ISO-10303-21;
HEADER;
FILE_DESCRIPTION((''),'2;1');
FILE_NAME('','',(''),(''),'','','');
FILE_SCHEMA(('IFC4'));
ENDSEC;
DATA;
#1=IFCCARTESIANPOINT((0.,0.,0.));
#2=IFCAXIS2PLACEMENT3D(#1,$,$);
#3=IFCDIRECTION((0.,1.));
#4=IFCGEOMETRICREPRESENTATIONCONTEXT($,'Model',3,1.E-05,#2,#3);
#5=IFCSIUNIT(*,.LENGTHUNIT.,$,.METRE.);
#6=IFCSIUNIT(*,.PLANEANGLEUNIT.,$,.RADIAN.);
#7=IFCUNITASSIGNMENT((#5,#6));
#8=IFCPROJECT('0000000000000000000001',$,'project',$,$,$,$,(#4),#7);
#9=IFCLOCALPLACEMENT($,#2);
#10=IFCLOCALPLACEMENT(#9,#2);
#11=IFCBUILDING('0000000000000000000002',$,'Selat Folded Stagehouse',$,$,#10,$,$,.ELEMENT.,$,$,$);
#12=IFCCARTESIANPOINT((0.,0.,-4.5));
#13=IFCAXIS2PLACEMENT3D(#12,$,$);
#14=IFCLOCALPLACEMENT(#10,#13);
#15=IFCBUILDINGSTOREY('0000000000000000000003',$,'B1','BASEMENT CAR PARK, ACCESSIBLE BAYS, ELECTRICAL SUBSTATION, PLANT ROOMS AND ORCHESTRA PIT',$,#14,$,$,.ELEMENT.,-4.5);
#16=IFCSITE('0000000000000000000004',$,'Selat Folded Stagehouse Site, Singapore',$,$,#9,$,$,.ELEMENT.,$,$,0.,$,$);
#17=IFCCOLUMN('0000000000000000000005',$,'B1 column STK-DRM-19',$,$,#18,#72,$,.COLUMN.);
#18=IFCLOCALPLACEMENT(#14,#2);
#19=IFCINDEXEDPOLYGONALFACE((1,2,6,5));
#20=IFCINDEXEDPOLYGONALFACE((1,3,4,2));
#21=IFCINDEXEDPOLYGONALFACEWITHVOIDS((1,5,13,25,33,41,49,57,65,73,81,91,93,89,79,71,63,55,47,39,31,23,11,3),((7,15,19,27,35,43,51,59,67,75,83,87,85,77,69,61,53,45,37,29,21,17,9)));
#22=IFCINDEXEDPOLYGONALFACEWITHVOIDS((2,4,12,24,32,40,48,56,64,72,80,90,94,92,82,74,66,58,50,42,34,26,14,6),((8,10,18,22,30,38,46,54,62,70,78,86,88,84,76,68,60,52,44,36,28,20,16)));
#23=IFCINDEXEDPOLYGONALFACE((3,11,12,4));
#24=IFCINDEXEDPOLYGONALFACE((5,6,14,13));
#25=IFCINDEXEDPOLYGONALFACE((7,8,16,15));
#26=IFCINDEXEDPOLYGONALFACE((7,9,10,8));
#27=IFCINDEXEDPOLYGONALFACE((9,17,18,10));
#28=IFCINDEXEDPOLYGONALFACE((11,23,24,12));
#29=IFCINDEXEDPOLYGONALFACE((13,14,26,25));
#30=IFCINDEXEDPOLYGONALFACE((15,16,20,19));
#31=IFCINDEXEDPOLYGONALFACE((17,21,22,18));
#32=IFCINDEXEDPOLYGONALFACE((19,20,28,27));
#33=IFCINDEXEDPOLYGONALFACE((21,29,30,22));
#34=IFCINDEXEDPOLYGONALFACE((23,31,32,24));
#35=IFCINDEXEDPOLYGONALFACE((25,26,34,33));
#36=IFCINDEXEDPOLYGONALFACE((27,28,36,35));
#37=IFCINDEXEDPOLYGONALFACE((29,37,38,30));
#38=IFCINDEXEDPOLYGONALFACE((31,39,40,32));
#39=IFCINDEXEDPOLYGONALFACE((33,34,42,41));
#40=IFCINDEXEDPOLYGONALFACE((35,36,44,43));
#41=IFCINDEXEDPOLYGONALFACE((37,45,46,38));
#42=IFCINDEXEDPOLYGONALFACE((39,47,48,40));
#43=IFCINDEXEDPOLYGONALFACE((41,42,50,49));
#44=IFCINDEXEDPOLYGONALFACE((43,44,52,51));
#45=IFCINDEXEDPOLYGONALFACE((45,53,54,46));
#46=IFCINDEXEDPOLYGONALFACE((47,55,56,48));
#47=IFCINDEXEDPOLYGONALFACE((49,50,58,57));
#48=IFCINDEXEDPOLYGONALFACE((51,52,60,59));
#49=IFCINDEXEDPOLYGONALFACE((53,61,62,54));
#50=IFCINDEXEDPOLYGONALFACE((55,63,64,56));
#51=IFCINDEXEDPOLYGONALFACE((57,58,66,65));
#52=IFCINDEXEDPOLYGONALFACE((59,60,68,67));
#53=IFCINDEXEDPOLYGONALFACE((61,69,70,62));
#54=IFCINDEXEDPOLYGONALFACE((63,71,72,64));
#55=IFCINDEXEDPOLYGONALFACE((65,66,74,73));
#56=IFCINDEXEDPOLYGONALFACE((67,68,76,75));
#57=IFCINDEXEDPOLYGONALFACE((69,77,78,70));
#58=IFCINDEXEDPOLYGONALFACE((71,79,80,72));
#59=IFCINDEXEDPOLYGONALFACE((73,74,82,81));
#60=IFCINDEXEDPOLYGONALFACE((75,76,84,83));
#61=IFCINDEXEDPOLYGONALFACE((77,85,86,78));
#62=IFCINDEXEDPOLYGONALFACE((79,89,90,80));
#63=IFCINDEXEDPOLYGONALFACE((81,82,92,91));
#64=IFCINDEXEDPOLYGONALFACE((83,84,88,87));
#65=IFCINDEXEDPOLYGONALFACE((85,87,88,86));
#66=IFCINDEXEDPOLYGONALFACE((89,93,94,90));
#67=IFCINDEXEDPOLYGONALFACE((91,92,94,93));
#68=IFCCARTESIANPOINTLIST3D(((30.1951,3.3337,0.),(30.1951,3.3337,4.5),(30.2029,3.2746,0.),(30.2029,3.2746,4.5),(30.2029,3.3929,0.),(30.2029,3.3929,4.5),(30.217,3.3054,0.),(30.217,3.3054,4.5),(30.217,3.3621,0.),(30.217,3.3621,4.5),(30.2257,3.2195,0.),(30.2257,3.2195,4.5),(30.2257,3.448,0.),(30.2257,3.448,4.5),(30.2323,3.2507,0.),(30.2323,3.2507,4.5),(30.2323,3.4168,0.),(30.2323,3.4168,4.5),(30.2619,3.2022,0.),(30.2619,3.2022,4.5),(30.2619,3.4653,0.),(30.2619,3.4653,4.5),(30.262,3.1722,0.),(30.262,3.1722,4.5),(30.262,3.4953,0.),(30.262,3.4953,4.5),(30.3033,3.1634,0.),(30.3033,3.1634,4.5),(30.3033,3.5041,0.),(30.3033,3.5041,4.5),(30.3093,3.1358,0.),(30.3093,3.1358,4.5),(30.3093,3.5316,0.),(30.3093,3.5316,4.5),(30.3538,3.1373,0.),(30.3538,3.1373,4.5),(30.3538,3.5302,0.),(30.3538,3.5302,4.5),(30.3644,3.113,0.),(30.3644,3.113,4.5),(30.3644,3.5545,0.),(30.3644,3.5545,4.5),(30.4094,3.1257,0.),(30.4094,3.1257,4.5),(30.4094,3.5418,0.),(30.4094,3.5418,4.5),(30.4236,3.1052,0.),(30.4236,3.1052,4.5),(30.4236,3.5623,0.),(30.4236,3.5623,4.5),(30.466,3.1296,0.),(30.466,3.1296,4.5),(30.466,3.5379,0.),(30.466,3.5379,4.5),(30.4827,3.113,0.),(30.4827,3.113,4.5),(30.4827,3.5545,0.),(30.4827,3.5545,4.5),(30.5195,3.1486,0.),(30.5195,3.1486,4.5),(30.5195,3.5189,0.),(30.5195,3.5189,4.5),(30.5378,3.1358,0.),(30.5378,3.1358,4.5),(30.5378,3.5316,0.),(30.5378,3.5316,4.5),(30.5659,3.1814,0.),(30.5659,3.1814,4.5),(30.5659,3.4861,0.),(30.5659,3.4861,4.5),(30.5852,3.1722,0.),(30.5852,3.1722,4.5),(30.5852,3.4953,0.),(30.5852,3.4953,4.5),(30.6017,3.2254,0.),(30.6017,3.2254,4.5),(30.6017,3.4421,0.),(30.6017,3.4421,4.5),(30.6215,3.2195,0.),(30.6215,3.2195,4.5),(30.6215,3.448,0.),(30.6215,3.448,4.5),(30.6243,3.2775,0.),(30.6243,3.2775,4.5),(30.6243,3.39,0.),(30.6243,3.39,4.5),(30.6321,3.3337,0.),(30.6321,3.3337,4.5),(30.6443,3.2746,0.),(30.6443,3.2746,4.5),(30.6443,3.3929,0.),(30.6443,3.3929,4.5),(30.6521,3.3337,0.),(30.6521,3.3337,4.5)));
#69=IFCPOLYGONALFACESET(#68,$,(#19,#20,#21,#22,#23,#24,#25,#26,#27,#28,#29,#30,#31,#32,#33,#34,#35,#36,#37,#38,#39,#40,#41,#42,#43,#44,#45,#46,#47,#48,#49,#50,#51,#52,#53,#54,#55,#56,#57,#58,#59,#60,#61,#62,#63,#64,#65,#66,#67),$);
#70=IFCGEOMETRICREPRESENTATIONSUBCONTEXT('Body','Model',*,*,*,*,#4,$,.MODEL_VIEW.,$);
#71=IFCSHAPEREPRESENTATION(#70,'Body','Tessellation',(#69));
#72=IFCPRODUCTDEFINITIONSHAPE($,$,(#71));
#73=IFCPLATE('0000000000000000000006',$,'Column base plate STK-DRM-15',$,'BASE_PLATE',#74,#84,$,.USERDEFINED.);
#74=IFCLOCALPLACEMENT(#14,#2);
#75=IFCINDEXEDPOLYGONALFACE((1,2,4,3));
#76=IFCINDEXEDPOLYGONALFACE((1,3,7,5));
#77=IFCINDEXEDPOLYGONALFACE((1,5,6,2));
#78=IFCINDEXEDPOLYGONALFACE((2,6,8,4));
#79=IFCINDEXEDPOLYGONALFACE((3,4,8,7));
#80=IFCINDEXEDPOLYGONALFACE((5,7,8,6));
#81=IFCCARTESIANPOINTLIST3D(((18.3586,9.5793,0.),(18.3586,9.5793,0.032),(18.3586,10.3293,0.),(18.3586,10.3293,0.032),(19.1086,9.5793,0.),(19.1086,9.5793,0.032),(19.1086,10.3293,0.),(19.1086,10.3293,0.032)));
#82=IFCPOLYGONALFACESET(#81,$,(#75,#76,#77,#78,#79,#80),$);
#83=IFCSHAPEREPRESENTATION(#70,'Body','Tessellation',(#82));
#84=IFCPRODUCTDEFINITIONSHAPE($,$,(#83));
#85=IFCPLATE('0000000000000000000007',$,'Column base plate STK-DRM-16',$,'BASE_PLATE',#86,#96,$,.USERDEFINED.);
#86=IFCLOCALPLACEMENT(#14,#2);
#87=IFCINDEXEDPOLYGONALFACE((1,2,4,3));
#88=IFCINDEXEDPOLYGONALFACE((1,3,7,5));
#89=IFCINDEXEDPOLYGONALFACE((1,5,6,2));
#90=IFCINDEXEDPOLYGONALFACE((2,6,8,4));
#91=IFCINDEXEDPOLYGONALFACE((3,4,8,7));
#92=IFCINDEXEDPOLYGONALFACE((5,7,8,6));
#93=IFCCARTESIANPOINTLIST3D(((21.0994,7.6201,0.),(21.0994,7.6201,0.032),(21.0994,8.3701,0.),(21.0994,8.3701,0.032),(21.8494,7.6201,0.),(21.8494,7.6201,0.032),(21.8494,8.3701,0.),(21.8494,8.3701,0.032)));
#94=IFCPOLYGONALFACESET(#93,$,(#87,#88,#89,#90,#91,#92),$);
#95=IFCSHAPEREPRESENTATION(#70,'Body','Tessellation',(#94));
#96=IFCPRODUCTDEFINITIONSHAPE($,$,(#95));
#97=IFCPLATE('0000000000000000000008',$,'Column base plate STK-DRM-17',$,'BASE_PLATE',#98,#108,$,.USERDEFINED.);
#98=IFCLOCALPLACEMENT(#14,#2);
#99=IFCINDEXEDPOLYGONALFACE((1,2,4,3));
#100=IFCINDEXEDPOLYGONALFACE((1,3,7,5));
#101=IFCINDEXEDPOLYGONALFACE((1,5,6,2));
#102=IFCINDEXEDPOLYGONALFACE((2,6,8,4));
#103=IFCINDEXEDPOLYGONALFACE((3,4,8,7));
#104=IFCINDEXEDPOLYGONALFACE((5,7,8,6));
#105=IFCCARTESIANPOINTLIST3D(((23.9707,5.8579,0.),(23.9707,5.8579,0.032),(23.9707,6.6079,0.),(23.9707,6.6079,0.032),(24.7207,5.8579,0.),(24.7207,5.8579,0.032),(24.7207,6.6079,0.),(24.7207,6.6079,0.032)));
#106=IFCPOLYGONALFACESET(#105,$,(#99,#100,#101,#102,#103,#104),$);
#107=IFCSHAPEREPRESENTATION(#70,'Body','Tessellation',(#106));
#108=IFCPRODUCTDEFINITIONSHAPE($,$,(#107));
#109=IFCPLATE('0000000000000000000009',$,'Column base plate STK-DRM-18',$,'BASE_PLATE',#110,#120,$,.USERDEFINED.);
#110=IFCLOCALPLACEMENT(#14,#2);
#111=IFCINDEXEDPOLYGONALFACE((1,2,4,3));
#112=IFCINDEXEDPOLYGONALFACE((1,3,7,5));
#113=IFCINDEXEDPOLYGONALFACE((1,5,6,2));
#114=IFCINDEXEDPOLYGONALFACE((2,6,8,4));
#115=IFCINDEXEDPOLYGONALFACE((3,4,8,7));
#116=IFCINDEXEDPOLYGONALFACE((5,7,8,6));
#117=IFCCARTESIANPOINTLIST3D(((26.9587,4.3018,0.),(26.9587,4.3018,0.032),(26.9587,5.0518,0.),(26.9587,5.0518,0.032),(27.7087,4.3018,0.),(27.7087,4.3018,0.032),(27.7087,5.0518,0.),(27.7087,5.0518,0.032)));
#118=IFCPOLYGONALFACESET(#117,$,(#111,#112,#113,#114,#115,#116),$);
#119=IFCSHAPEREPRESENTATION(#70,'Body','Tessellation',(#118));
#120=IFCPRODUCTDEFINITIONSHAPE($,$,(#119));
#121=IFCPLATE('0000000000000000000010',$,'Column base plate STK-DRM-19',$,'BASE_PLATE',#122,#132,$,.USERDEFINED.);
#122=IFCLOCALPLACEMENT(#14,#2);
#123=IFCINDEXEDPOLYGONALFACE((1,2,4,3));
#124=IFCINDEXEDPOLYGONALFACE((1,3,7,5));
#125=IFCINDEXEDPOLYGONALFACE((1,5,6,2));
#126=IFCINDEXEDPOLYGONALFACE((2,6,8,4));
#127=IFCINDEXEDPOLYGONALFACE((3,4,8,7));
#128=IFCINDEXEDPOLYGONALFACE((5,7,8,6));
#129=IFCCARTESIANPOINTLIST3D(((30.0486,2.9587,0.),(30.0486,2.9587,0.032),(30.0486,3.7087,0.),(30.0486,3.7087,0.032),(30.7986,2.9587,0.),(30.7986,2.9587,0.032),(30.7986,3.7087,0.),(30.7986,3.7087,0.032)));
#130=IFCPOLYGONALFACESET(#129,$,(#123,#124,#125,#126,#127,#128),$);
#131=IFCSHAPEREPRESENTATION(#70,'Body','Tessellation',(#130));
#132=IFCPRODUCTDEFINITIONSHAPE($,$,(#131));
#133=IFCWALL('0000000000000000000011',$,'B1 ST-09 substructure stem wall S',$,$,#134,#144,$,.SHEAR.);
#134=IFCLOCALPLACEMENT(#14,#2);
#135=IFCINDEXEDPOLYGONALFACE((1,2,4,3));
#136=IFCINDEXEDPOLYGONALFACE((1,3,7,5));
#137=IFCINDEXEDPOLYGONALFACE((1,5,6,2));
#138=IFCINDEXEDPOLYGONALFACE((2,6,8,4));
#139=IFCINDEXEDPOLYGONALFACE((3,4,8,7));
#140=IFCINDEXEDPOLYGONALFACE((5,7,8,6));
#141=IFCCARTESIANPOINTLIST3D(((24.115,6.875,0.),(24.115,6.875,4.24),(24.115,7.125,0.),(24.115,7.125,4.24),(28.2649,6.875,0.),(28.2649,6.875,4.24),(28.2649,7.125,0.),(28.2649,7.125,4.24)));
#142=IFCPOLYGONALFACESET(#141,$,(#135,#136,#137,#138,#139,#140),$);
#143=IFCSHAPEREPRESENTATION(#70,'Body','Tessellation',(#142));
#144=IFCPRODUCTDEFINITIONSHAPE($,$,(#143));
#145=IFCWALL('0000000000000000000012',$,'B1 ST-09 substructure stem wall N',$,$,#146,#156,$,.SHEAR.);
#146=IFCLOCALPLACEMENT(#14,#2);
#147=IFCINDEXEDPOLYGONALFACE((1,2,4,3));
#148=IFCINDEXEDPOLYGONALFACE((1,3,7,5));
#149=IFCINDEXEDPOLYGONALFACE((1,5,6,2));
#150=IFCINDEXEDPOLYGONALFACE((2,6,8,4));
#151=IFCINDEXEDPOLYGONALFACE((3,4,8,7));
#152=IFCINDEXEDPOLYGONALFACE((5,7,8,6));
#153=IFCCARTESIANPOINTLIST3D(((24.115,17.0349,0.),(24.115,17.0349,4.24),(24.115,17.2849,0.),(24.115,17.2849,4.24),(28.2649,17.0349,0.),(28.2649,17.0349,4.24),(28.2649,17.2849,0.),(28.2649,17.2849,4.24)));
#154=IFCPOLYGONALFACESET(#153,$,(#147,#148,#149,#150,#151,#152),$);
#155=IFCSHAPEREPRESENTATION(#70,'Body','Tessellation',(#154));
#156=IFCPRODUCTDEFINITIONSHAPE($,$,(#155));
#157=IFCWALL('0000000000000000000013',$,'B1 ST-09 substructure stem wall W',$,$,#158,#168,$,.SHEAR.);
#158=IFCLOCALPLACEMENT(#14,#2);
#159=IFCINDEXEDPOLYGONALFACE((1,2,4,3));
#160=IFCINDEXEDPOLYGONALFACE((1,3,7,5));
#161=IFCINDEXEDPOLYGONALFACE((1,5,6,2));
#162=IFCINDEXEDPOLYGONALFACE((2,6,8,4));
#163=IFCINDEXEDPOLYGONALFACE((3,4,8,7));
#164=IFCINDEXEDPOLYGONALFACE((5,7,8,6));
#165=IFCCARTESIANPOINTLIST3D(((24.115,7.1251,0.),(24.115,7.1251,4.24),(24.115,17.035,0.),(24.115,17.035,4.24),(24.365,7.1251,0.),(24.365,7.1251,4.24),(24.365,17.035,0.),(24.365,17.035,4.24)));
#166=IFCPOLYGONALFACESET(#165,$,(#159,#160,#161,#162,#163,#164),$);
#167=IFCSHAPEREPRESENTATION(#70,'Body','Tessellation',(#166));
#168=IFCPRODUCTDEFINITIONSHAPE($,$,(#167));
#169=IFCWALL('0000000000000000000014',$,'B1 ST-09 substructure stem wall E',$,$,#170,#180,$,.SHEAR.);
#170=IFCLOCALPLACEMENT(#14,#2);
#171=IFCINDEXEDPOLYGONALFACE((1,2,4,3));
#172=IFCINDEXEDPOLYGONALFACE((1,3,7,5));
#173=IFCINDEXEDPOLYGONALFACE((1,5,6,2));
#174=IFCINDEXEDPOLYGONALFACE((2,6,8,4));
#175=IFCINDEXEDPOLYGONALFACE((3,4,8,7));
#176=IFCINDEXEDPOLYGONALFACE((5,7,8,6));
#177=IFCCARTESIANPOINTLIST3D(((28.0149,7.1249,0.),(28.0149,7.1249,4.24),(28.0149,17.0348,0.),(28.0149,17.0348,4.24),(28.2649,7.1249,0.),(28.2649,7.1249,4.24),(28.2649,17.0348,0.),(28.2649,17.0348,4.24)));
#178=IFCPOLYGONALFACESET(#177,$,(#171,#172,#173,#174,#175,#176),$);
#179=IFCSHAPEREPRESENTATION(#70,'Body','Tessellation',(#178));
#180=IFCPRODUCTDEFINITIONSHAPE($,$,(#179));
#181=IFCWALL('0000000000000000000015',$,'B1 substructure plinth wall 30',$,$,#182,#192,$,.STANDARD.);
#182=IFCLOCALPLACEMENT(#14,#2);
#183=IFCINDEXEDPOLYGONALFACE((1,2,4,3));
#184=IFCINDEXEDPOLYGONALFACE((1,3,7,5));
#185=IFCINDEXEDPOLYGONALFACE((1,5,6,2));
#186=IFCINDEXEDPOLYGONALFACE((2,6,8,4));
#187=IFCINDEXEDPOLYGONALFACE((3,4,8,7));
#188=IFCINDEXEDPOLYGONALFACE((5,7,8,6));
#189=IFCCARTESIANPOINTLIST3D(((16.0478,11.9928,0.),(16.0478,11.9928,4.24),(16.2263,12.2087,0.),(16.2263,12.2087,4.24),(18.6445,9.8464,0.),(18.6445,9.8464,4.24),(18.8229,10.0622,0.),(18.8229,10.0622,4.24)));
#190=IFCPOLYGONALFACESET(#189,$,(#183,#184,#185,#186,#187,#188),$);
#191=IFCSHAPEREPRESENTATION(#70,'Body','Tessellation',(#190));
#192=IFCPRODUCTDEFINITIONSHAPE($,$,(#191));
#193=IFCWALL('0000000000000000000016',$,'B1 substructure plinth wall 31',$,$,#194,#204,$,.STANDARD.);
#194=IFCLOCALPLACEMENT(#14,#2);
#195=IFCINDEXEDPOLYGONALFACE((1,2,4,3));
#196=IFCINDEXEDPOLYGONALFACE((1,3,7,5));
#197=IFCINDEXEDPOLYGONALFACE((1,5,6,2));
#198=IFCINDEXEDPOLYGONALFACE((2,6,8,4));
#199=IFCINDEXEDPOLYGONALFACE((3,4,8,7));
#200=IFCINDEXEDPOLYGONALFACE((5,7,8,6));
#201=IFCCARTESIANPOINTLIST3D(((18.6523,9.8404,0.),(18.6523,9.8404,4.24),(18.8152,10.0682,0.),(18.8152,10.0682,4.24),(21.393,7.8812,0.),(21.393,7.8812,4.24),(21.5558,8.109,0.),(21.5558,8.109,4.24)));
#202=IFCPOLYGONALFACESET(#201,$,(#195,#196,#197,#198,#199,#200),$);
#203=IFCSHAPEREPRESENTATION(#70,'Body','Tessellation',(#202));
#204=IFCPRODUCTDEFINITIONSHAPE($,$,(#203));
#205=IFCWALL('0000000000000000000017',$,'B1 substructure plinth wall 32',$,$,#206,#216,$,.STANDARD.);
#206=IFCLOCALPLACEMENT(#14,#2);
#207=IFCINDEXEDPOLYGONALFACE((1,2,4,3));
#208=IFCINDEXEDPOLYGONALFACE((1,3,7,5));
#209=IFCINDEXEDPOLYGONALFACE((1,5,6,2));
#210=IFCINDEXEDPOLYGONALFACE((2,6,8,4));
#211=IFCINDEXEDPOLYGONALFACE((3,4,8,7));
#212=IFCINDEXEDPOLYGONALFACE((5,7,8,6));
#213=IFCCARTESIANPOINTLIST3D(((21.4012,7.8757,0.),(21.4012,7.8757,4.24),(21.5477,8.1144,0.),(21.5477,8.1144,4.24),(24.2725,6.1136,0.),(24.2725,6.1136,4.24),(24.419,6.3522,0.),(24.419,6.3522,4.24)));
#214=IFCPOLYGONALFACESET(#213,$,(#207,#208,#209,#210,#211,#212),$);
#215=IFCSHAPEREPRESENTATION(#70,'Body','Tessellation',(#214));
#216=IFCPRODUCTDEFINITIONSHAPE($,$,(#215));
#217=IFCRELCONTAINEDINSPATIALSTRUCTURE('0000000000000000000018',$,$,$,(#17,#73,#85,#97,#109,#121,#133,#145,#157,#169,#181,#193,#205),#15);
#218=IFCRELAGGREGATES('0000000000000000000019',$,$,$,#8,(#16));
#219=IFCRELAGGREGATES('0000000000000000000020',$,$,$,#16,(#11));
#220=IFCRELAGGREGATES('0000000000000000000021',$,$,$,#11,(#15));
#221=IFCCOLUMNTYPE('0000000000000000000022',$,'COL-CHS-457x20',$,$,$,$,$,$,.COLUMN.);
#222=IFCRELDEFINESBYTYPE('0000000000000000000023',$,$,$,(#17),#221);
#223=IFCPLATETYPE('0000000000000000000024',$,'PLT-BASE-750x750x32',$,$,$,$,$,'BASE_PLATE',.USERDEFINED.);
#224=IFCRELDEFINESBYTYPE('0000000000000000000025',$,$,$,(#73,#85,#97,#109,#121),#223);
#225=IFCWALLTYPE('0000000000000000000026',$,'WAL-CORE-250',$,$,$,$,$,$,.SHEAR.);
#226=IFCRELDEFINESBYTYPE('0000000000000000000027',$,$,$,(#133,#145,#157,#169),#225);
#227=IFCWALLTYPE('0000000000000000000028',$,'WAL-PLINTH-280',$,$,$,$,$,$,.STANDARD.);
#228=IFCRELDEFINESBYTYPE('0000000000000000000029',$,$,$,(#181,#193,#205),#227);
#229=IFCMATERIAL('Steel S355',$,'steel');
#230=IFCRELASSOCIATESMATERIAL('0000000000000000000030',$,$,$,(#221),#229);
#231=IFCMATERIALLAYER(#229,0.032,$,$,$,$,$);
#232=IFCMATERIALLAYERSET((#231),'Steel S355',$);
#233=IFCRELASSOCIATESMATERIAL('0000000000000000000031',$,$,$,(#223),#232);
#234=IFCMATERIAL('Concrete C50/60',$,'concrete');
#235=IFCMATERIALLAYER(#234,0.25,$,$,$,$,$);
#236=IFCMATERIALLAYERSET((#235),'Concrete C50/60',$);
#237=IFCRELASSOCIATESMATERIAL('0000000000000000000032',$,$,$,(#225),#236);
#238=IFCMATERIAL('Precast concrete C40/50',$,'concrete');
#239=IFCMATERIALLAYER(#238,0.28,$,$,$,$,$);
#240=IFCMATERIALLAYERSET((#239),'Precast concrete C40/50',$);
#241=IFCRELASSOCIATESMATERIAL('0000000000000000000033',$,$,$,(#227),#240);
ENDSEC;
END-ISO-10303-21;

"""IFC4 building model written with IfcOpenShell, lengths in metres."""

from ifc_helpers import new_model, si_unit, direction, frame, frame_2d, origin, origin_2d, place, context, subcontext, project, spatial, rectangle, hollow_circle, extrude, material, layer, layer_set, material_profile, profile_set, type_object, element, save


model = new_model("IFC4")

# Units and contexts
model_context = context("Model", 3, precision=1e-05, world=origin(), true_north=direction((0.0, 1.0)))
body_context = subcontext(model_context, "Body", "Model", "MODEL_VIEW")
ifc_project = project(units=[si_unit("LENGTHUNIT", "METRE"), si_unit("PLANEANGLEUNIT", "RADIAN")], contexts=[model_context])

# Site, building, storey
site_placement = place(None, origin())
site = spatial("IfcSite", under=ifc_project, at=site_placement, Name="Selat Folded Stagehouse Site, Singapore", CompositionType="ELEMENT", RefElevation=0.0)
building_placement = place(site_placement, origin())
building = spatial("IfcBuilding", under=site, at=building_placement, Name="Selat Folded Stagehouse", CompositionType="ELEMENT")
storey_placement = place(building_placement, frame((0.0, 0.0, -4.5)))
storey = spatial("IfcBuildingStorey", under=building, at=storey_placement, Name="B1", Description="BASEMENT CAR PARK, ACCESSIBLE BAYS, ELECTRICAL SUBSTATION, PLANT ROOMS AND ORCHESTRA PIT", CompositionType="ELEMENT", Elevation=-4.5)

# Column
ifc_material_1 = material(Name="Steel S355", Category="steel")
ifc_material_profile_1 = material_profile(ifc_material_1, hollow_circle(Radius=0.2285, WallThickness=0.02, at=origin_2d()), Name="CHS 457.0x20.0")
ifc_profile_set_1 = profile_set([ifc_material_profile_1], Name="Steel S355")
column_type = type_object("IfcColumnType", Name="COL-CHS-457x20", PredefinedType="COLUMN", material=ifc_profile_set_1)
for number, where, z_axis, x_axis, name in (
    (1, (30.4236, 3.3337, 0.0), (0.0, 0.0, 1.0), (1.0, 0.0, 0.0), "B1 column STK-DRM-19"),
):
    element("IfcColumn", number, at=place(storey_placement, frame(where, z_axis=z_axis, x_axis=x_axis)), inside=storey, type_object=column_type, Name=name, PredefinedType="COLUMN", context=body_context, shape_type="SweptSolid", body=[
        extrude(hollow_circle(Radius=0.2285, WallThickness=0.02, at=origin_2d()), origin(), (0.0, 0.0, 1.0), 4.5),
    ])

# Plates
ifc_layer_1 = layer(ifc_material_1, 0.032)
ifc_layer_set_1 = layer_set([ifc_layer_1], Name="Steel S355")
plate_type = type_object("IfcPlateType", Name="PLT-BASE-750x750x32", ElementType="BASE_PLATE", PredefinedType="USERDEFINED", material=ifc_layer_set_1)
for number, where, z_axis, x_axis, name in (
    (2, (18.7336, 9.9543, 0.0), (0.0, 0.0, 1.0), (1.0, 0.0, 0.0), "Column base plate STK-DRM-15"),
    (3, (21.4744, 7.9951, 0.0), (0.0, 0.0, 1.0), (1.0, 0.0, 0.0), "Column base plate STK-DRM-16"),
    (4, (24.3457, 6.2329, 0.0), (0.0, 0.0, 1.0), (1.0, 0.0, 0.0), "Column base plate STK-DRM-17"),
    (5, (27.3337, 4.6768, 0.0), (0.0, 0.0, 1.0), (1.0, 0.0, 0.0), "Column base plate STK-DRM-18"),
    (6, (30.4236, 3.3337, 0.0), (0.0, 0.0, 1.0), (1.0, 0.0, 0.0), "Column base plate STK-DRM-19"),
):
    element("IfcPlate", number, at=place(storey_placement, frame(where, z_axis=z_axis, x_axis=x_axis)), inside=storey, type_object=plate_type, Name=name, ObjectType="BASE_PLATE", PredefinedType="USERDEFINED", context=body_context, shape_type="SweptSolid", body=[
        extrude(rectangle(XDim=0.75, YDim=0.75, at=origin_2d()), origin(), (0.0, 0.0, 1.0), 0.032),
    ])

# Walls
ifc_material_2 = material(Name="Concrete C50/60", Category="concrete")
ifc_layer_2 = layer(ifc_material_2, 0.25)
ifc_layer_set_2 = layer_set([ifc_layer_2], Name="Concrete C50/60")
wall_type_1 = type_object("IfcWallType", Name="WAL-CORE-250", PredefinedType="SHEAR", material=ifc_layer_set_2)
for number, where, z_axis, x_axis, name in (
    (7, (28.2649, 7.0, 0.0), (0.0, 0.0, 1.0), (-1.0, 0.0, 0.0), "B1 ST-09 substructure stem wall S"),
    (8, (24.115, 17.1599, 0.0), (0.0, 0.0, 1.0), (1.0, 0.0, 0.0), "B1 ST-09 substructure stem wall N"),
):
    element("IfcWall", number, at=place(storey_placement, frame(where, z_axis=z_axis, x_axis=x_axis)), inside=storey, type_object=wall_type_1, Name=name, PredefinedType="SHEAR", context=body_context, shape_type="SweptSolid", body=[
        extrude(rectangle(XDim=4.1499, YDim=0.25, at=frame_2d((2.075, 0.0))), origin(), (0.0, 0.0, 1.0), 4.24),
    ])
for number, where, z_axis, x_axis, name in (
    (9, (24.24, 7.125, 0.0), (0.0, 0.0, 1.0), (0.0, 1.0, 0.0), "B1 ST-09 substructure stem wall W"),
    (10, (28.1399, 17.0349, 0.0), (0.0, 0.0, 1.0), (0.0, -1.0, 0.0), "B1 ST-09 substructure stem wall E"),
):
    element("IfcWall", number, at=place(storey_placement, frame(where, z_axis=z_axis, x_axis=x_axis)), inside=storey, type_object=wall_type_1, Name=name, PredefinedType="SHEAR", context=body_context, shape_type="SweptSolid", body=[
        extrude(rectangle(XDim=9.9099, YDim=0.25, at=frame_2d((4.9551, 0.0))), origin(), (0.0, 0.0, 1.0), 4.24),
    ])
ifc_material_3 = material(Name="Precast concrete C40/50", Category="concrete")
ifc_layer_3 = layer(ifc_material_3, 0.28)
ifc_layer_set_3 = layer_set([ifc_layer_3], Name="Precast concrete C40/50")
wall_type_2 = type_object("IfcWallType", Name="WAL-PLINTH-280", PredefinedType="STANDARD", material=ifc_layer_set_3)
for number, where, z_axis, x_axis, name in (
    (11, (16.137, 12.1008, 0.0), (0.0, 0.0, 1.0), (0.770758, -0.637129, 0.0), "B1 substructure plinth wall 30"),
    (12, (18.7336, 9.9543, 0.0), (0.0, 0.0, 1.0), (0.813513, -0.581547, 0.0), "B1 substructure plinth wall 31"),
    (13, (21.4744, 7.9951, 0.0), (0.0, 0.0, 1.0), (0.85229, -0.52307, 0.0), "B1 substructure plinth wall 32"),
):
    element("IfcWall", number, at=place(storey_placement, frame(where, z_axis=z_axis, x_axis=x_axis)), inside=storey, type_object=wall_type_2, Name=name, PredefinedType="STANDARD", context=body_context, shape_type="SweptSolid", body=[
        extrude(rectangle(XDim=3.3689, YDim=0.28, at=frame_2d((1.6846, 0.0))), origin(), (0.0, 0.0, 1.0), 4.24),
    ])

save(model, "model.ifc")
